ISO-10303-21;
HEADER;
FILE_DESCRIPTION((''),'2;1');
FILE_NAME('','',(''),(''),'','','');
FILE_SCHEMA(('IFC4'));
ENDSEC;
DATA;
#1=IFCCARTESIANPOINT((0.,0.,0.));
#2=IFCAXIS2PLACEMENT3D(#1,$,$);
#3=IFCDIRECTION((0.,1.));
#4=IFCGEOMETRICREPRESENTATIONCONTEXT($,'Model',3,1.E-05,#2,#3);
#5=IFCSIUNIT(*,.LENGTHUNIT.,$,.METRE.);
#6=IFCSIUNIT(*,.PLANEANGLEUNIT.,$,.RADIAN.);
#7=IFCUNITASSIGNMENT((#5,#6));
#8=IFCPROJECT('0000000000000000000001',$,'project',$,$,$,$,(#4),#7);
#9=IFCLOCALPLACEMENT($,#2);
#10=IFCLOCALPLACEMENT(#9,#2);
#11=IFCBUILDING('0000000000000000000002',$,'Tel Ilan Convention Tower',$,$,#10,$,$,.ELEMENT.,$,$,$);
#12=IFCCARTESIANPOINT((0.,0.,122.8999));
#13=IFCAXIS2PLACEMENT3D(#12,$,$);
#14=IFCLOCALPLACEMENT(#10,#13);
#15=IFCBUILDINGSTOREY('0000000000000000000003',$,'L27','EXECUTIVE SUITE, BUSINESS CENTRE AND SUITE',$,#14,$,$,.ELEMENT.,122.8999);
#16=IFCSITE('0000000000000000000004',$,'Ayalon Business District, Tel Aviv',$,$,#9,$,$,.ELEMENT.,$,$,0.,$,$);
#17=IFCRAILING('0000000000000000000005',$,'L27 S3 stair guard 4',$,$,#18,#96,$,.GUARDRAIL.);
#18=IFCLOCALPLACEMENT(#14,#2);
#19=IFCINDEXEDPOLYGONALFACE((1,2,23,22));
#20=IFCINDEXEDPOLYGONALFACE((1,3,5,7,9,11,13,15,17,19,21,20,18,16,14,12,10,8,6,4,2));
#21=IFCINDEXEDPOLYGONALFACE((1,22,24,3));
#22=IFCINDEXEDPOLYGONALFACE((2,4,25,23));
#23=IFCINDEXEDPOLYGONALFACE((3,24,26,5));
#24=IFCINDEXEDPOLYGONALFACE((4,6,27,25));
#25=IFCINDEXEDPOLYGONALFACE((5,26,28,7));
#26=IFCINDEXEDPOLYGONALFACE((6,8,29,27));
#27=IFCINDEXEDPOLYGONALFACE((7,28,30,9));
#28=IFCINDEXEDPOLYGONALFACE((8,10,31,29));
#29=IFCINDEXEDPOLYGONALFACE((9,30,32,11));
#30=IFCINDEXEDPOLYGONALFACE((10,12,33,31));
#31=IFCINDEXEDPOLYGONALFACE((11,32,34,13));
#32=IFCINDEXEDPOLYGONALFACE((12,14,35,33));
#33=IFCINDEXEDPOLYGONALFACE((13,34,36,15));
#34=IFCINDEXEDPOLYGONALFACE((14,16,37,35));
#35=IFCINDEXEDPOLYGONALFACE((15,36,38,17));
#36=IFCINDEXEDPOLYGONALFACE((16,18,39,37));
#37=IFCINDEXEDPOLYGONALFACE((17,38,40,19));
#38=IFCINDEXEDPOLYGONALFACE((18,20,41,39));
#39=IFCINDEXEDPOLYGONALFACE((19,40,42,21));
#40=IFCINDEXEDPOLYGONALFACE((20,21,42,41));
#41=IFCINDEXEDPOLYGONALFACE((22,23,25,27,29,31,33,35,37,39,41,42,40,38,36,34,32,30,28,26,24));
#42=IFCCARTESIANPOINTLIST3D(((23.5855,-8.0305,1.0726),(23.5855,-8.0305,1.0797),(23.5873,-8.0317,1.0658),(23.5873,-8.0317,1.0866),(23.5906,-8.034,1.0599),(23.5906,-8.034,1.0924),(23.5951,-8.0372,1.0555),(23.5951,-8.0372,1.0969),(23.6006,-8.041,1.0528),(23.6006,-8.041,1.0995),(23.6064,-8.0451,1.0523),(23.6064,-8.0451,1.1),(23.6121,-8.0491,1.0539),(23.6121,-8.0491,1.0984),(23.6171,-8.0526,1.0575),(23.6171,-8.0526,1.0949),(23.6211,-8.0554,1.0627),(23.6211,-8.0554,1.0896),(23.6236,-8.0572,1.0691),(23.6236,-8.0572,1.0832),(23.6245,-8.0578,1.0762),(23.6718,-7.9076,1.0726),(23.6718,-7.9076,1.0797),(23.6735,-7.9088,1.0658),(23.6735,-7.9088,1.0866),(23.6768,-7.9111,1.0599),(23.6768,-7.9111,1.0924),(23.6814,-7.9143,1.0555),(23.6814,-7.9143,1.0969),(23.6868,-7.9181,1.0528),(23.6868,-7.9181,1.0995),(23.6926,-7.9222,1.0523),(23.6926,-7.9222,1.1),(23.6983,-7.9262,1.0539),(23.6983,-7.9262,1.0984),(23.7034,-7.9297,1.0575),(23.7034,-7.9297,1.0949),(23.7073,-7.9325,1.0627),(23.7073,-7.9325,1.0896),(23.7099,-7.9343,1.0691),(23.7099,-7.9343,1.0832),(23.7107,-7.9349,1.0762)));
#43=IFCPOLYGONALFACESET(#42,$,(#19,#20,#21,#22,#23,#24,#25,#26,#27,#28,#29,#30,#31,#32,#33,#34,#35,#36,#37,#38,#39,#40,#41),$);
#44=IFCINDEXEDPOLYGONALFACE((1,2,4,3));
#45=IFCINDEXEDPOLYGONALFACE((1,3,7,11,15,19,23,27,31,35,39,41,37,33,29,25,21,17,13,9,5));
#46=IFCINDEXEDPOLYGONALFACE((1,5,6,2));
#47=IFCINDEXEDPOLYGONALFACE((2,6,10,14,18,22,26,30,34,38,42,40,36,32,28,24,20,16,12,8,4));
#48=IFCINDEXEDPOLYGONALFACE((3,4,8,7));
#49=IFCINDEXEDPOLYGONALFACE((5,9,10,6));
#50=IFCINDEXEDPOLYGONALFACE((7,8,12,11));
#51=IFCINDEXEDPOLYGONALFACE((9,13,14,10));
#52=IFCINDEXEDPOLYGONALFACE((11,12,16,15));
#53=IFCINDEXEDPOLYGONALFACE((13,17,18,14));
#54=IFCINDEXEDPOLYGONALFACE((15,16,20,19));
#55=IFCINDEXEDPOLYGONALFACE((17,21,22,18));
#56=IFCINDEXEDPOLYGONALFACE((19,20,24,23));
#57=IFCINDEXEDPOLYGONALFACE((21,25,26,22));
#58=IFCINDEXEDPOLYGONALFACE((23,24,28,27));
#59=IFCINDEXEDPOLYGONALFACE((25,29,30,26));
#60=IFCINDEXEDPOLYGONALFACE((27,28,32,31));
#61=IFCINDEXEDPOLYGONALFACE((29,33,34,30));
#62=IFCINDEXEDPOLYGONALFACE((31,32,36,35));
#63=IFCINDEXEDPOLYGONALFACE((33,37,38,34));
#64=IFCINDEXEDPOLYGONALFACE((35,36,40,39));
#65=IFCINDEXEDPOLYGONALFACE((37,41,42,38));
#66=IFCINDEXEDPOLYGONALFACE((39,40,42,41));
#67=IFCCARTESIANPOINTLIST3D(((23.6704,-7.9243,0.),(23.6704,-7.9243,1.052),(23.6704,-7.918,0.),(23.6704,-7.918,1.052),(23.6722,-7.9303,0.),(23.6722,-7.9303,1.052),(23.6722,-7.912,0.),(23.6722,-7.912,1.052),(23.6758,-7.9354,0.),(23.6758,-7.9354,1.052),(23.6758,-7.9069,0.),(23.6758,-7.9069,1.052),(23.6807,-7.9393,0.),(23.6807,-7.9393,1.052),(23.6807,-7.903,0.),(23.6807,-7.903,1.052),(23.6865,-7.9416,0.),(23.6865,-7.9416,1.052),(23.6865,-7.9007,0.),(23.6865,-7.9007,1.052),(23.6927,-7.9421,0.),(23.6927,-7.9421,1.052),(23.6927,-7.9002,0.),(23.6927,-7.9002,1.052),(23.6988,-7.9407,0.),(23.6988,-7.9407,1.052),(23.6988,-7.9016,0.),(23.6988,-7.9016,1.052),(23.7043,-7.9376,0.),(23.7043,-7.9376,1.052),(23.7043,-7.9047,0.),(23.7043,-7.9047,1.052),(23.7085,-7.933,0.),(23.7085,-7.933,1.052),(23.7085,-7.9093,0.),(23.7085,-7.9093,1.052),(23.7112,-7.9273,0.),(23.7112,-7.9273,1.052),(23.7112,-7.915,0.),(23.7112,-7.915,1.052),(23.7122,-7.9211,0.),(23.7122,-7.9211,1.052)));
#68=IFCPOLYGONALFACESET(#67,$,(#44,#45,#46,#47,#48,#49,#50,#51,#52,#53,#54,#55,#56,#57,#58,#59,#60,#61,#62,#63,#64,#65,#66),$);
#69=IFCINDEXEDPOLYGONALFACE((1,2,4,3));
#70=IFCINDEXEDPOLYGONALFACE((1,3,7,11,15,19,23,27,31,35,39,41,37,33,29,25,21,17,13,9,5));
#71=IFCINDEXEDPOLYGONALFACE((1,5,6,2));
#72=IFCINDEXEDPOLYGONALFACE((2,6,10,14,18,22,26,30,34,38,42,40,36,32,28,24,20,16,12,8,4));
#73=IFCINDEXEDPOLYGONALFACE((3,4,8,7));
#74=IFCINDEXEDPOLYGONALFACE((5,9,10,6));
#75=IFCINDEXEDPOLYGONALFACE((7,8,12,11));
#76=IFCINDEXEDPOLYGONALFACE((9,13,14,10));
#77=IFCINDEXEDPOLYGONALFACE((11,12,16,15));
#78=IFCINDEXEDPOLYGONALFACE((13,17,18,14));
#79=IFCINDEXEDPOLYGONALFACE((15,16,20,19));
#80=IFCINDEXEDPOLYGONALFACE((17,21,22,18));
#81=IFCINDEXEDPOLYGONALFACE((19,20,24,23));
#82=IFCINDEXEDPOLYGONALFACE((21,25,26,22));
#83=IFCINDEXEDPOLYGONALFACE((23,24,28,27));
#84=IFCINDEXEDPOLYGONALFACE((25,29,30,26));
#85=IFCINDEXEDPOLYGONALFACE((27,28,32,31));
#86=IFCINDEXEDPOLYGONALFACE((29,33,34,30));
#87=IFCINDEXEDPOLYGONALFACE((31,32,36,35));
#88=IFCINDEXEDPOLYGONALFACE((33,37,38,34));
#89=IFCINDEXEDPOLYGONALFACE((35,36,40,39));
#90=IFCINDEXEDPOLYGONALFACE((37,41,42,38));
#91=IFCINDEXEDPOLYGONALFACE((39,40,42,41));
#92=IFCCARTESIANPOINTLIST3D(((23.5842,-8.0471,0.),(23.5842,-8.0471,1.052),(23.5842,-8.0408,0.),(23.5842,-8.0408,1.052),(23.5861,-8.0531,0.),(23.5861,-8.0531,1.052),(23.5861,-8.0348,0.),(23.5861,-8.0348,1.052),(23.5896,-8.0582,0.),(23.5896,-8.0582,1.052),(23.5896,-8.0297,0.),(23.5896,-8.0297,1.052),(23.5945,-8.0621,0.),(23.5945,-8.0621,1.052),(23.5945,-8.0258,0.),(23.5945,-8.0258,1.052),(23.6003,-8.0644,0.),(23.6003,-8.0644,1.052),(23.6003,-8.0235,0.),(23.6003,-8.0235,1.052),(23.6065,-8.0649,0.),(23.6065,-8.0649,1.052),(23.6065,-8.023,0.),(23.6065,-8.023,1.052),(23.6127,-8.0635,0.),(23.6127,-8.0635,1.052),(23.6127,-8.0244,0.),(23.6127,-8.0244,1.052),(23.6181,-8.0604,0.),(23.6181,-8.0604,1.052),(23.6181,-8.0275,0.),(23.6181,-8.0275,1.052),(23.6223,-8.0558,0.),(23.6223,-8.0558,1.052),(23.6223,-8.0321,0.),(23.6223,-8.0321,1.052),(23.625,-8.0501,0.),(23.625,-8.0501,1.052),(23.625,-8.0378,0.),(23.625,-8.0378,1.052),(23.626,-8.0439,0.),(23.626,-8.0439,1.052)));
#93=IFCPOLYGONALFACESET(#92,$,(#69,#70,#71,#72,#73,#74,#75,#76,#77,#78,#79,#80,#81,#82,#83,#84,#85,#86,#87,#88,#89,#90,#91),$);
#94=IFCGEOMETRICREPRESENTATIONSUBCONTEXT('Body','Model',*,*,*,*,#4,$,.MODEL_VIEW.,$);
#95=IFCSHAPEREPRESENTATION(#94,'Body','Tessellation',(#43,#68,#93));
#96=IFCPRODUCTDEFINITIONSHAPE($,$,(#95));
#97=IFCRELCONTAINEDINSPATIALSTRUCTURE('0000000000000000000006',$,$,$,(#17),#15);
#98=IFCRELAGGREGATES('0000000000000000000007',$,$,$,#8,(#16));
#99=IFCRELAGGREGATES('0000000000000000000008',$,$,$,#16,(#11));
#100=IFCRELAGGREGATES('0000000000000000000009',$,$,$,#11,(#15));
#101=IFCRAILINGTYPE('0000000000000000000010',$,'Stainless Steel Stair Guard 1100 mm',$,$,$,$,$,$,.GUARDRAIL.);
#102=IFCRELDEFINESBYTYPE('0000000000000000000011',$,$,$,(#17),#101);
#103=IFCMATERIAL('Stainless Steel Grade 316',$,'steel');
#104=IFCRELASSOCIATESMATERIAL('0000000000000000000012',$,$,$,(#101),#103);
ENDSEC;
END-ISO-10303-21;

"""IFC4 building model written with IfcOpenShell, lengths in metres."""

from ifc_helpers import new_model, si_unit, direction, frame, origin, origin_2d, place, context, subcontext, project, spatial, circle, extrude, material, type_object, element, save


model = new_model("IFC4")

# Units and contexts
model_context = context("Model", 3, precision=1e-05, world=origin(), true_north=direction((0.0, 1.0)))
body_context = subcontext(model_context, "Body", "Model", "MODEL_VIEW")
ifc_project = project(units=[si_unit("LENGTHUNIT", "METRE"), si_unit("PLANEANGLEUNIT", "RADIAN")], contexts=[model_context])

# Site, building, storey
site_placement = place(None, origin())
site = spatial("IfcSite", under=ifc_project, at=site_placement, Name="Ayalon Business District, Tel Aviv", CompositionType="ELEMENT", RefElevation=0.0)
building_placement = place(site_placement, origin())
building = spatial("IfcBuilding", under=site, at=building_placement, Name="Tel Ilan Convention Tower", CompositionType="ELEMENT")
storey_placement = place(building_placement, frame((0.0, 0.0, 122.8999)))
storey = spatial("IfcBuildingStorey", under=building, at=storey_placement, Name="L27", Description="EXECUTIVE SUITE, BUSINESS CENTRE AND SUITE", CompositionType="ELEMENT", Elevation=122.8999)

# Railing
ifc_material_1 = material(Name="Stainless Steel Grade 316", Category="steel")
railing_type_1 = type_object("IfcRailingType", Name="Stainless Steel Stair Guard 1100 mm", PredefinedType="GUARDRAIL", material=ifc_material_1)
railing_1_placement = place(storey_placement, frame((23.6912, -7.9211, 0.0)))
element("IfcRailing", 1, at=railing_1_placement, inside=storey, type_object=railing_type_1, Name="L27 S3 stair guard 4", PredefinedType="GUARDRAIL", context=body_context, shape_type="SweptSolid", body=[
    extrude(circle(Radius=0.0239, at=origin_2d()), frame((0.0, 0.0, 1.0762), z_axis=(-0.574445, -0.818543, 0.0), x_axis=(0.818543, -0.574445, 0.0)), (0.0, 0.0, 1.0), 0.1501),
    extrude(circle(Radius=0.021, at=origin_2d()), origin(), (0.0, 0.0, 1.0), 1.052),
    extrude(circle(Radius=0.021, at=origin_2d()), frame((-0.0862, -0.1228, 0.0)), (0.0, 0.0, 1.0), 1.052),
])

save(model, "model.ifc")
